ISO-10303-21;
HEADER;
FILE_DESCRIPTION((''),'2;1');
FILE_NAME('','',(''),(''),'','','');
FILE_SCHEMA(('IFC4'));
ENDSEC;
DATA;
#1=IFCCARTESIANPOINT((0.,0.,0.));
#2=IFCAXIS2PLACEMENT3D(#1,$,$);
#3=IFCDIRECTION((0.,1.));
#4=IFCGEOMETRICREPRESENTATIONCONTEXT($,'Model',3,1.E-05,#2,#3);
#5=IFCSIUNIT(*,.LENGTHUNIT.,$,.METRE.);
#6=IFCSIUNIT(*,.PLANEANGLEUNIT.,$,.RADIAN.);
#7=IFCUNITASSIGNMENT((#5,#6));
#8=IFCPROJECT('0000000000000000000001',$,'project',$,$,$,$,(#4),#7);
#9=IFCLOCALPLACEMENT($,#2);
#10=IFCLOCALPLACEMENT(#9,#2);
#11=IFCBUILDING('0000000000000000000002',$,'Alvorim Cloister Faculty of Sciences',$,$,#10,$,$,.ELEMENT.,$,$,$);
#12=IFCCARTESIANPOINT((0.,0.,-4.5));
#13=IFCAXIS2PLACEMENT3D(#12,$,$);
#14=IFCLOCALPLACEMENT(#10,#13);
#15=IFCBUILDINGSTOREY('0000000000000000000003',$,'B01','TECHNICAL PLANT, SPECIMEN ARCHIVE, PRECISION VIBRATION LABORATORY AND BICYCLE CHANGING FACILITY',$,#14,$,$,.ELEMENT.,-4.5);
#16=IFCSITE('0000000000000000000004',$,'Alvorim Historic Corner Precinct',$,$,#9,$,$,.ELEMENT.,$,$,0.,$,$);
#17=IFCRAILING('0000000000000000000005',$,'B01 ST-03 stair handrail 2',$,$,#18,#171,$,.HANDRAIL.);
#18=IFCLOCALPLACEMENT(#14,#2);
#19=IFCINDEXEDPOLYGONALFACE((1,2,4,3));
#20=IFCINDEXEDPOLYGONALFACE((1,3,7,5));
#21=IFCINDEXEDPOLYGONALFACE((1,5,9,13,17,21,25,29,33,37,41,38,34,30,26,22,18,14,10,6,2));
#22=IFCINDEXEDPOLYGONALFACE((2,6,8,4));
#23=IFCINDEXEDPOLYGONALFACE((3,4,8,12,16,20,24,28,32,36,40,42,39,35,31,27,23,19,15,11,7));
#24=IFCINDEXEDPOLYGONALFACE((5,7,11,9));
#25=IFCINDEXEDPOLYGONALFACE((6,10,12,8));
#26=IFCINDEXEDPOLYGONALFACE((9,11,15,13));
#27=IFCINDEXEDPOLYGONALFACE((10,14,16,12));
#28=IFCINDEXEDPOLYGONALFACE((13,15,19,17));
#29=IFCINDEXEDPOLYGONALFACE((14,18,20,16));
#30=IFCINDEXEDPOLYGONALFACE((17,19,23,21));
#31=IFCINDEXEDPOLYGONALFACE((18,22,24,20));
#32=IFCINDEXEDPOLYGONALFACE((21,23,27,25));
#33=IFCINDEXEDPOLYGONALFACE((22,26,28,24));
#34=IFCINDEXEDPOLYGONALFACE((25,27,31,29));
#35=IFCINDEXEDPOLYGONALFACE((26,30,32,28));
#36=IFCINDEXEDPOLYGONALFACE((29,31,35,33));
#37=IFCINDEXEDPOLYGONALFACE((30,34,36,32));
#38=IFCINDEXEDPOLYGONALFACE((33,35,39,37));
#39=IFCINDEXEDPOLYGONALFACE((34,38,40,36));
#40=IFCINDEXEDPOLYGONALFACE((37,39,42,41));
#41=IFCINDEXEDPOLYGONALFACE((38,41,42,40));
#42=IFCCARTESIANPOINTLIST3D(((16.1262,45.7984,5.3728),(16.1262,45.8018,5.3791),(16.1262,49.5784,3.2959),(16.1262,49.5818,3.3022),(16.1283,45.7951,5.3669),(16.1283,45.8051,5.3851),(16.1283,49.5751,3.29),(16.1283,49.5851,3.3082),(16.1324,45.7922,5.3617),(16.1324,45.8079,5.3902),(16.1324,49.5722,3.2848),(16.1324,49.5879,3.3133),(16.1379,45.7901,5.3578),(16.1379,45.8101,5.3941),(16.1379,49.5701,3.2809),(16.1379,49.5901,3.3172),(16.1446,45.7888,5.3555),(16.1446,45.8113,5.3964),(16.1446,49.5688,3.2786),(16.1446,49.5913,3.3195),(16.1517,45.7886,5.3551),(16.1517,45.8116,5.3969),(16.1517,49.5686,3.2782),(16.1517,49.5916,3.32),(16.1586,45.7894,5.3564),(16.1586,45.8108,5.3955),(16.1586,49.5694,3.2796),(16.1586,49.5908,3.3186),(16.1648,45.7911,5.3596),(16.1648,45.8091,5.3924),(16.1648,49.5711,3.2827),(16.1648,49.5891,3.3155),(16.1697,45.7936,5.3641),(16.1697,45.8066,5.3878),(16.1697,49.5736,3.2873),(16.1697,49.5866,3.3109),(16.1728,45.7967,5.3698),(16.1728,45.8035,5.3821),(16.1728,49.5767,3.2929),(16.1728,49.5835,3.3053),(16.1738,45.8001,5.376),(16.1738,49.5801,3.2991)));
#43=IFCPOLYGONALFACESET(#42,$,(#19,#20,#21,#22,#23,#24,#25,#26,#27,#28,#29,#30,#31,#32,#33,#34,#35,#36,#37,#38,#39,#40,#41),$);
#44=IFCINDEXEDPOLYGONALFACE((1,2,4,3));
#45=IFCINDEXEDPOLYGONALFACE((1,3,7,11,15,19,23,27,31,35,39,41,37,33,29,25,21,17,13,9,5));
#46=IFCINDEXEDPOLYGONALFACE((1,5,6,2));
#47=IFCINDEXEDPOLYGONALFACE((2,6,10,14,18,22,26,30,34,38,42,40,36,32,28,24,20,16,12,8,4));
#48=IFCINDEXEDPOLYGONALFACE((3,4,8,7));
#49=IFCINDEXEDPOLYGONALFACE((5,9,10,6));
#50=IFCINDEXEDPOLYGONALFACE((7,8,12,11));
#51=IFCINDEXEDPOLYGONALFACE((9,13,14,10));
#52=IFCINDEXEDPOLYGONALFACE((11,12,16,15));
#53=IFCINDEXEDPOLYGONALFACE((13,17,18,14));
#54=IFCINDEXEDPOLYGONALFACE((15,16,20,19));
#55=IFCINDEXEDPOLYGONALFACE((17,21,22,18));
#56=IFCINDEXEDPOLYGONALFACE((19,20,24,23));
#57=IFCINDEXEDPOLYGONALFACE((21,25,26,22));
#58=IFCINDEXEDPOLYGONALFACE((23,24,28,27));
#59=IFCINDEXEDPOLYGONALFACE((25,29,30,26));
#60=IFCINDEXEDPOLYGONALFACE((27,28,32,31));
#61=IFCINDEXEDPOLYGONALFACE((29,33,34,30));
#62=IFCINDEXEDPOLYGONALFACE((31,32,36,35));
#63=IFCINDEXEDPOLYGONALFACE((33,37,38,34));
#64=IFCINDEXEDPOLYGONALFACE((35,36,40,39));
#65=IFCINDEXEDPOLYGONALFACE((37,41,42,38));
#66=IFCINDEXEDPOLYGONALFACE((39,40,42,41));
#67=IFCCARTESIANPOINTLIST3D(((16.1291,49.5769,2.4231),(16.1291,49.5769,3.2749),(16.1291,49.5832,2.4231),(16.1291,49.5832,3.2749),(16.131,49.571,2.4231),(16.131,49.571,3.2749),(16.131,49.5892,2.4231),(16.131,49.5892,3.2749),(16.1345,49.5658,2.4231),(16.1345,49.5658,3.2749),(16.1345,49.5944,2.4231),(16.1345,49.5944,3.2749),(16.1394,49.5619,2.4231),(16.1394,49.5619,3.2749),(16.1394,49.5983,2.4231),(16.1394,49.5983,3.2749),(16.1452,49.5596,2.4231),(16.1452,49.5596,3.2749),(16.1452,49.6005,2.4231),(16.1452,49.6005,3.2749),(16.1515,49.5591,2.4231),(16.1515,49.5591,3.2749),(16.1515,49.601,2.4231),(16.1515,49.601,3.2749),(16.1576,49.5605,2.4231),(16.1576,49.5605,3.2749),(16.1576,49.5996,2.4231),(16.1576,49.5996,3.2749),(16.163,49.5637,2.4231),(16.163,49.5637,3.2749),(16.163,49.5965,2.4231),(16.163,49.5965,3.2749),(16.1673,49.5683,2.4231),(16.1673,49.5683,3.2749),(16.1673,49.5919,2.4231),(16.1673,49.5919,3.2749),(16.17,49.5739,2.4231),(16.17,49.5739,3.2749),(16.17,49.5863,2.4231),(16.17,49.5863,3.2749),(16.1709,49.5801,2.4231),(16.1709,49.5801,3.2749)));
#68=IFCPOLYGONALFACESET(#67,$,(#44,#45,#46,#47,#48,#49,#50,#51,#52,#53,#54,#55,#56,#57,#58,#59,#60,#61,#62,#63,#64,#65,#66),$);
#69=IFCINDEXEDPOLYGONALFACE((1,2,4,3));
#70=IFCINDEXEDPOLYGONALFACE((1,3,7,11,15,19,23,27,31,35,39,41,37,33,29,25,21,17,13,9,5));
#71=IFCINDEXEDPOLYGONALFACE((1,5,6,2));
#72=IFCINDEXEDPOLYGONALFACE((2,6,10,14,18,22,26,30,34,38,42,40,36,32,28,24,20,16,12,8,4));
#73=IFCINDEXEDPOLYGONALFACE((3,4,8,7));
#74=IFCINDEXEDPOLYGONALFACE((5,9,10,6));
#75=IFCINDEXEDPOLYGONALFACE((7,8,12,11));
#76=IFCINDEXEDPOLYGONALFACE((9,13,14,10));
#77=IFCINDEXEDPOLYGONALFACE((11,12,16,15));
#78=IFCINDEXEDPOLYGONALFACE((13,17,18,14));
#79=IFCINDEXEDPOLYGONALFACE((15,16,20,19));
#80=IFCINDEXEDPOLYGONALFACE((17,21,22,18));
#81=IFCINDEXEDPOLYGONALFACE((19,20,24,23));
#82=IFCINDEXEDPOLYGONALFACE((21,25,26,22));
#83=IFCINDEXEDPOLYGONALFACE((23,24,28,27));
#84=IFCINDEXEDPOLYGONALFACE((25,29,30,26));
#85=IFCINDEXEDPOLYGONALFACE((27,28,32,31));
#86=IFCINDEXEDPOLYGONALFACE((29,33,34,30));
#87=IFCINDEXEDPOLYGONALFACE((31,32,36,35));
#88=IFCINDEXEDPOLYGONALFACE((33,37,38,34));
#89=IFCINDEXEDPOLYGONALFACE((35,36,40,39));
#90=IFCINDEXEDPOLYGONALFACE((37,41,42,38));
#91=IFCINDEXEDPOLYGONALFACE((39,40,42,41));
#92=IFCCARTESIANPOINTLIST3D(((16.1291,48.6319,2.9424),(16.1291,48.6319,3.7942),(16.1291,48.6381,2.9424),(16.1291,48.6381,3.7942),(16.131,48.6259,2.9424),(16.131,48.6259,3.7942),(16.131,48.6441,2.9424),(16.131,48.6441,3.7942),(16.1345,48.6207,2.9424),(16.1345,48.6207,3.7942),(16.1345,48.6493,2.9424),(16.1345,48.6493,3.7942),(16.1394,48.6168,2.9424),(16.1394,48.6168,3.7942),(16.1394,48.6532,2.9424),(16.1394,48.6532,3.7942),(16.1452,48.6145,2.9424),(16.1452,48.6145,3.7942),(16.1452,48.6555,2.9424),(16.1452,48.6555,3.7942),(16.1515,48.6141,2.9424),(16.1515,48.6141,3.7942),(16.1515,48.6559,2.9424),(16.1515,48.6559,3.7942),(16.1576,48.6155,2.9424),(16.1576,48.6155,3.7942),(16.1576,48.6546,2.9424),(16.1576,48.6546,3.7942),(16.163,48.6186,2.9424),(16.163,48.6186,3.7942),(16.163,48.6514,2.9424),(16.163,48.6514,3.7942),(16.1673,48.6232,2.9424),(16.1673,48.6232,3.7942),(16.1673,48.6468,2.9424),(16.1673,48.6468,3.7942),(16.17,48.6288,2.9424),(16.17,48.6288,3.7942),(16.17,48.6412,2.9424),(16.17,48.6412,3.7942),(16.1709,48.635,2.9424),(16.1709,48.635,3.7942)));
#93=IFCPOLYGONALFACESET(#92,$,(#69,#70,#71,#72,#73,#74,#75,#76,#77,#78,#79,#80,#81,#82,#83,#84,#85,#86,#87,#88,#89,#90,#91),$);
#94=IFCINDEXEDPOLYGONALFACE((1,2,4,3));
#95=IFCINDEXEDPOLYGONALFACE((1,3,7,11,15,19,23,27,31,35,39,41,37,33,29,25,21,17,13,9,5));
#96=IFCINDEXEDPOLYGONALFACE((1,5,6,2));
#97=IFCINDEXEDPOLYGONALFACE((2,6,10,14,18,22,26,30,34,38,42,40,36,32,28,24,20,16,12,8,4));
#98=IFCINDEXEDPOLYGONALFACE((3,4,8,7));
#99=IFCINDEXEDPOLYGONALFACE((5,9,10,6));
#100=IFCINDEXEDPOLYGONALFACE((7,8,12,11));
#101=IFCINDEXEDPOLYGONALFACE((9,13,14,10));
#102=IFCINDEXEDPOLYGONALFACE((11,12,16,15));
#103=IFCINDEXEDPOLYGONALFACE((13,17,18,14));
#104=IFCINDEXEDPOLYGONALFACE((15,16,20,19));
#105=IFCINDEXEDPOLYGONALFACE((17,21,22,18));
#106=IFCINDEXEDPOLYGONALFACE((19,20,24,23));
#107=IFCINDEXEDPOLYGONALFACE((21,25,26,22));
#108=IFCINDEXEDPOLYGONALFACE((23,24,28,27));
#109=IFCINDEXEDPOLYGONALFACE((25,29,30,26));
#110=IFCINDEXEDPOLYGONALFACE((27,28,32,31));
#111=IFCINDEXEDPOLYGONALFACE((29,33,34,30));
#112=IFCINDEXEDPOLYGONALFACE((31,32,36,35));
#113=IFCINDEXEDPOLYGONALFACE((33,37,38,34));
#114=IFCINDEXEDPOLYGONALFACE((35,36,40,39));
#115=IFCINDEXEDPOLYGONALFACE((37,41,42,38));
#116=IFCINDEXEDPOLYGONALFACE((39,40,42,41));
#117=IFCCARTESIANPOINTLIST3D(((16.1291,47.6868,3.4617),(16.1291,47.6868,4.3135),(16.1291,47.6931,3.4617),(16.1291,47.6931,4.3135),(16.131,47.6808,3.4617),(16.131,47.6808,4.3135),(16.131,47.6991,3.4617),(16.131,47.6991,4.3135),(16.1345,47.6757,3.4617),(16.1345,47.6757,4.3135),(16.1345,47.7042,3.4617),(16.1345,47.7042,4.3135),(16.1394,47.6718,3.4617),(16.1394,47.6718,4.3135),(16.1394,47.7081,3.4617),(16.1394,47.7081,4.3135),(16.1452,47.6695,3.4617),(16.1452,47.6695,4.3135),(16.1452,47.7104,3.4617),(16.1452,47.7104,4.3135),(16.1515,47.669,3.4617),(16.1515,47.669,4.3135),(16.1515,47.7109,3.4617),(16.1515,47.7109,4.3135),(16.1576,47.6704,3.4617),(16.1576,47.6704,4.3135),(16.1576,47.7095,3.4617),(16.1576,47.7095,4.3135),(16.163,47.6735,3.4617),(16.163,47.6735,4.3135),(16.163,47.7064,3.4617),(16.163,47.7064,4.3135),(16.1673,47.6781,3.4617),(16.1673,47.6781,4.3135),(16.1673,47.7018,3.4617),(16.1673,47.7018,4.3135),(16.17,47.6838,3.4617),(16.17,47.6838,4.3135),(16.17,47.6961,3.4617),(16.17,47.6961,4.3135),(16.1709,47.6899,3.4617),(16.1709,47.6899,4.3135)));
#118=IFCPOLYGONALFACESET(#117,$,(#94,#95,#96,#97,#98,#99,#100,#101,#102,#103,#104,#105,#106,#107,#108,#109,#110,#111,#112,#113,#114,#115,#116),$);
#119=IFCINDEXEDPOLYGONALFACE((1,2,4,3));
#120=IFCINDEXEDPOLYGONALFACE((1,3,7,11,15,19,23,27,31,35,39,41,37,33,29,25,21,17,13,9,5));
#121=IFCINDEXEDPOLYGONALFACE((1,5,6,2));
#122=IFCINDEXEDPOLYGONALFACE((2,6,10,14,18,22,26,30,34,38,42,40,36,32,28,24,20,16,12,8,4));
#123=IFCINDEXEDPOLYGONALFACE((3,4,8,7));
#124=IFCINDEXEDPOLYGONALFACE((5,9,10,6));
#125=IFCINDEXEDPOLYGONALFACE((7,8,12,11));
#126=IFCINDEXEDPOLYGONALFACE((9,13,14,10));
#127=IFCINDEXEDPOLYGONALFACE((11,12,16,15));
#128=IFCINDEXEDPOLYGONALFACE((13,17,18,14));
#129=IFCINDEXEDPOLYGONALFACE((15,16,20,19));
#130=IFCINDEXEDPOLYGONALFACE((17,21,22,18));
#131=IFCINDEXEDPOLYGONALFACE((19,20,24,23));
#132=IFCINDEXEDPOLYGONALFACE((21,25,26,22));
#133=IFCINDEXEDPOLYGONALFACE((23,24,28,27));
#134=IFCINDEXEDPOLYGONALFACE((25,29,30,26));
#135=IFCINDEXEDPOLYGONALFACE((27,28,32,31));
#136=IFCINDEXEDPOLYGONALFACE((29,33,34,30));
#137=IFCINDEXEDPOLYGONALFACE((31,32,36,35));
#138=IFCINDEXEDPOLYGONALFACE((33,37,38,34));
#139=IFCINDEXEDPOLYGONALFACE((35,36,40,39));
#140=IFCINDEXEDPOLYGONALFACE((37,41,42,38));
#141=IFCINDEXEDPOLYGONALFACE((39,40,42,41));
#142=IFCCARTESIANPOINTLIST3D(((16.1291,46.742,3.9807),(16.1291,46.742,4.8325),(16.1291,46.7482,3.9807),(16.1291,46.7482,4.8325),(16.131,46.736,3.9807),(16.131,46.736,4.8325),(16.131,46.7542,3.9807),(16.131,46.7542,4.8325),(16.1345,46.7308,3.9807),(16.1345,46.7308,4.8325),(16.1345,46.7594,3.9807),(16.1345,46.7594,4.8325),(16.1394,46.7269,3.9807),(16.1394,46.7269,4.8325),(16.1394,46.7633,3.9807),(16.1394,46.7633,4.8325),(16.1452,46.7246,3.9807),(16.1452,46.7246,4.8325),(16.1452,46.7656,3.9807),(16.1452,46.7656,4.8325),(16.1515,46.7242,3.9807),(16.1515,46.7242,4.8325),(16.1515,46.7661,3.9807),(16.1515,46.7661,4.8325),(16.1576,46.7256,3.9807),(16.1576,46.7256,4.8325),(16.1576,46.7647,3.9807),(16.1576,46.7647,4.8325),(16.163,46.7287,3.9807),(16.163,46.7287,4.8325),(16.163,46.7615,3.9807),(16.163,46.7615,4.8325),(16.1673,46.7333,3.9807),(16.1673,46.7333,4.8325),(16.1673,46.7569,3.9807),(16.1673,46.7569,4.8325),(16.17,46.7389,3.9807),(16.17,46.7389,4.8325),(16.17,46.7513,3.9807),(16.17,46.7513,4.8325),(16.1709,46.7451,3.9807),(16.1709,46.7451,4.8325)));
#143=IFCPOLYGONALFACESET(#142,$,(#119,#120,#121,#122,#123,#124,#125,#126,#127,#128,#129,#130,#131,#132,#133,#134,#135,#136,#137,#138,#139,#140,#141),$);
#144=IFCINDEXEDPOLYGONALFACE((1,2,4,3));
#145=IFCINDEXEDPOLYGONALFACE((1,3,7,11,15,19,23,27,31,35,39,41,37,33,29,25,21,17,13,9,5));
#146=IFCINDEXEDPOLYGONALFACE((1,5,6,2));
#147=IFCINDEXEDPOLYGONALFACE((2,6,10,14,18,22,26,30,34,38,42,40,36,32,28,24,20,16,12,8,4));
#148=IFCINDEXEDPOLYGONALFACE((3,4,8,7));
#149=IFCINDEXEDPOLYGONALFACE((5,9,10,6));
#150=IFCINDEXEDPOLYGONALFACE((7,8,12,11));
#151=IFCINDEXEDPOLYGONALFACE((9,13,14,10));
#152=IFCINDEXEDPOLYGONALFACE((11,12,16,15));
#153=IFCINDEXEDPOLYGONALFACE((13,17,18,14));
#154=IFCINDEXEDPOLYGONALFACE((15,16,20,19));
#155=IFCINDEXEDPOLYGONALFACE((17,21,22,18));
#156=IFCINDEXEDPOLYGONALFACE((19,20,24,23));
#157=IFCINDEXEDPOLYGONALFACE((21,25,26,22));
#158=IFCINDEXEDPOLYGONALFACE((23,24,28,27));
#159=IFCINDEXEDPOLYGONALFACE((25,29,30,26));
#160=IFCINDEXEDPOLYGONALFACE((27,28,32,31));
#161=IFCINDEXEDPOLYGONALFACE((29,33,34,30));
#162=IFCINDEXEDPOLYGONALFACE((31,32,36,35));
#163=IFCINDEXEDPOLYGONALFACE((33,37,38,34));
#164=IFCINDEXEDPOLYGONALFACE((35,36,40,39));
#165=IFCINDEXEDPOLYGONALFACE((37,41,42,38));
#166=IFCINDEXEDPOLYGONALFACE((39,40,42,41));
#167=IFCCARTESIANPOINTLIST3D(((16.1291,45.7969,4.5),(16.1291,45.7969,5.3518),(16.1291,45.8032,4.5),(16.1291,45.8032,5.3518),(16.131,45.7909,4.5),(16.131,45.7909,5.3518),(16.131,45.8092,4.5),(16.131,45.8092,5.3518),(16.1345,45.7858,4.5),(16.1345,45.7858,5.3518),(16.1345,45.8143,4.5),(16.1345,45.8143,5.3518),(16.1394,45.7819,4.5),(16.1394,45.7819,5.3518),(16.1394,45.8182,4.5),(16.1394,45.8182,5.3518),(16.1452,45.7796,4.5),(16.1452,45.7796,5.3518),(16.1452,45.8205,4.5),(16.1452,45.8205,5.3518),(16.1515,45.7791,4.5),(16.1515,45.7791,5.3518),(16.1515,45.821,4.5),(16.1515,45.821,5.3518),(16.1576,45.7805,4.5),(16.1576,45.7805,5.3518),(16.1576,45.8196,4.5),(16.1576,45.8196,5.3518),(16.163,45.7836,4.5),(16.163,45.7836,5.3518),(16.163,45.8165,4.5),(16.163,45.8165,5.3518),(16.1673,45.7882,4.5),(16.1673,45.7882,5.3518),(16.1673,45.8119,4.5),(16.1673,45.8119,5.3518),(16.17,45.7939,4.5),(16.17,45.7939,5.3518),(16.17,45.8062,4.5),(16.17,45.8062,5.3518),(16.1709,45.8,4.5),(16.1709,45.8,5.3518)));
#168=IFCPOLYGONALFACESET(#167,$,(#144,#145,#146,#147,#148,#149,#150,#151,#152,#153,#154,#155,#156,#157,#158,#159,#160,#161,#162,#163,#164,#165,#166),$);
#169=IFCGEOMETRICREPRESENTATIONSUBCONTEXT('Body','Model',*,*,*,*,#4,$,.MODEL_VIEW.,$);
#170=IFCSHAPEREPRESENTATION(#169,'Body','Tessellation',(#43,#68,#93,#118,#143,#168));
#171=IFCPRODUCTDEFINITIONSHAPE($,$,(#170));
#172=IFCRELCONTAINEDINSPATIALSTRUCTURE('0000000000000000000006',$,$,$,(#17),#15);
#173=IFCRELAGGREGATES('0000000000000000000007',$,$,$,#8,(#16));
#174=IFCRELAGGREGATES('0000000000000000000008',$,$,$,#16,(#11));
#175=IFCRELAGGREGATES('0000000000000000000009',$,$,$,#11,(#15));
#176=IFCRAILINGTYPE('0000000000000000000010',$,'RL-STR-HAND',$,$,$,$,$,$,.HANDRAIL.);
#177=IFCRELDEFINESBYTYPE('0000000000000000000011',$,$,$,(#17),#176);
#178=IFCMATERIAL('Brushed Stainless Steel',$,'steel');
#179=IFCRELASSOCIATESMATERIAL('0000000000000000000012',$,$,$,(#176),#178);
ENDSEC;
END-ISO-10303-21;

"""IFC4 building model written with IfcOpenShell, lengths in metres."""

from ifc_helpers import new_model, si_unit, direction, frame, origin, origin_2d, place, context, subcontext, project, spatial, circle, extrude, material, type_object, element, save


model = new_model("IFC4")

# Units and contexts
model_context = context("Model", 3, precision=1e-05, world=origin(), true_north=direction((0.0, 1.0)))
body_context = subcontext(model_context, "Body", "Model", "MODEL_VIEW")
ifc_project = project(units=[si_unit("LENGTHUNIT", "METRE"), si_unit("PLANEANGLEUNIT", "RADIAN")], contexts=[model_context])

# Site, building, storey
site_placement = place(None, origin())
site = spatial("IfcSite", under=ifc_project, at=site_placement, Name="Alvorim Historic Corner Precinct", CompositionType="ELEMENT", RefElevation=0.0)
building_placement = place(site_placement, origin())
building = spatial("IfcBuilding", under=site, at=building_placement, Name="Alvorim Cloister Faculty of Sciences", CompositionType="ELEMENT")
storey_placement = place(building_placement, frame((0.0, 0.0, -4.5)))
storey = spatial("IfcBuildingStorey", under=building, at=storey_placement, Name="B01", Description="TECHNICAL PLANT, SPECIMEN ARCHIVE, PRECISION VIBRATION LABORATORY AND BICYCLE CHANGING FACILITY", CompositionType="ELEMENT", Elevation=-4.5)

# Shared definitions
ifc_material_1 = material(Name="Brushed Stainless Steel", Category="steel")

# Railing
railing_type_1 = type_object("IfcRailingType", Name="RL-STR-HAND", PredefinedType="HANDRAIL", material=ifc_material_1)
railing_1_placement = place(storey_placement, frame((16.1499, 49.5801, 2.4231)))
element("IfcRailing", 1, at=railing_1_placement, inside=storey, type_object=railing_type_1, Name="B01 ST-03 stair handrail 2", PredefinedType="HANDRAIL", context=body_context, shape_type="SweptSolid", body=[
    extrude(circle(Radius=0.0239, at=origin_2d()), frame((0.0, 0.0, 0.876), z_axis=(0.0, -0.876423, 0.481543), x_axis=(1.0, 0.0, 0.0)), (0.0, 0.0, 1.0), 4.313),
    extrude(circle(Radius=0.021, at=origin_2d()), origin(), (0.0, 0.0, 1.0), 0.8518),
    extrude(circle(Radius=0.021, at=origin_2d()), frame((0.0, -0.9451, 0.5193)), (0.0, 0.0, 1.0), 0.8518),
    extrude(circle(Radius=0.021, at=origin_2d()), frame((0.0, -1.8901, 1.0386)), (0.0, 0.0, 1.0), 0.8518),
    extrude(circle(Radius=0.021, at=origin_2d()), frame((0.0, -2.835, 1.5576)), (0.0, 0.0, 1.0), 0.8518),
    extrude(circle(Radius=0.021, at=origin_2d()), frame((0.0, -3.78, 2.0769)), (0.0, 0.0, 1.0), 0.8518),
])

save(model, "model.ifc")
